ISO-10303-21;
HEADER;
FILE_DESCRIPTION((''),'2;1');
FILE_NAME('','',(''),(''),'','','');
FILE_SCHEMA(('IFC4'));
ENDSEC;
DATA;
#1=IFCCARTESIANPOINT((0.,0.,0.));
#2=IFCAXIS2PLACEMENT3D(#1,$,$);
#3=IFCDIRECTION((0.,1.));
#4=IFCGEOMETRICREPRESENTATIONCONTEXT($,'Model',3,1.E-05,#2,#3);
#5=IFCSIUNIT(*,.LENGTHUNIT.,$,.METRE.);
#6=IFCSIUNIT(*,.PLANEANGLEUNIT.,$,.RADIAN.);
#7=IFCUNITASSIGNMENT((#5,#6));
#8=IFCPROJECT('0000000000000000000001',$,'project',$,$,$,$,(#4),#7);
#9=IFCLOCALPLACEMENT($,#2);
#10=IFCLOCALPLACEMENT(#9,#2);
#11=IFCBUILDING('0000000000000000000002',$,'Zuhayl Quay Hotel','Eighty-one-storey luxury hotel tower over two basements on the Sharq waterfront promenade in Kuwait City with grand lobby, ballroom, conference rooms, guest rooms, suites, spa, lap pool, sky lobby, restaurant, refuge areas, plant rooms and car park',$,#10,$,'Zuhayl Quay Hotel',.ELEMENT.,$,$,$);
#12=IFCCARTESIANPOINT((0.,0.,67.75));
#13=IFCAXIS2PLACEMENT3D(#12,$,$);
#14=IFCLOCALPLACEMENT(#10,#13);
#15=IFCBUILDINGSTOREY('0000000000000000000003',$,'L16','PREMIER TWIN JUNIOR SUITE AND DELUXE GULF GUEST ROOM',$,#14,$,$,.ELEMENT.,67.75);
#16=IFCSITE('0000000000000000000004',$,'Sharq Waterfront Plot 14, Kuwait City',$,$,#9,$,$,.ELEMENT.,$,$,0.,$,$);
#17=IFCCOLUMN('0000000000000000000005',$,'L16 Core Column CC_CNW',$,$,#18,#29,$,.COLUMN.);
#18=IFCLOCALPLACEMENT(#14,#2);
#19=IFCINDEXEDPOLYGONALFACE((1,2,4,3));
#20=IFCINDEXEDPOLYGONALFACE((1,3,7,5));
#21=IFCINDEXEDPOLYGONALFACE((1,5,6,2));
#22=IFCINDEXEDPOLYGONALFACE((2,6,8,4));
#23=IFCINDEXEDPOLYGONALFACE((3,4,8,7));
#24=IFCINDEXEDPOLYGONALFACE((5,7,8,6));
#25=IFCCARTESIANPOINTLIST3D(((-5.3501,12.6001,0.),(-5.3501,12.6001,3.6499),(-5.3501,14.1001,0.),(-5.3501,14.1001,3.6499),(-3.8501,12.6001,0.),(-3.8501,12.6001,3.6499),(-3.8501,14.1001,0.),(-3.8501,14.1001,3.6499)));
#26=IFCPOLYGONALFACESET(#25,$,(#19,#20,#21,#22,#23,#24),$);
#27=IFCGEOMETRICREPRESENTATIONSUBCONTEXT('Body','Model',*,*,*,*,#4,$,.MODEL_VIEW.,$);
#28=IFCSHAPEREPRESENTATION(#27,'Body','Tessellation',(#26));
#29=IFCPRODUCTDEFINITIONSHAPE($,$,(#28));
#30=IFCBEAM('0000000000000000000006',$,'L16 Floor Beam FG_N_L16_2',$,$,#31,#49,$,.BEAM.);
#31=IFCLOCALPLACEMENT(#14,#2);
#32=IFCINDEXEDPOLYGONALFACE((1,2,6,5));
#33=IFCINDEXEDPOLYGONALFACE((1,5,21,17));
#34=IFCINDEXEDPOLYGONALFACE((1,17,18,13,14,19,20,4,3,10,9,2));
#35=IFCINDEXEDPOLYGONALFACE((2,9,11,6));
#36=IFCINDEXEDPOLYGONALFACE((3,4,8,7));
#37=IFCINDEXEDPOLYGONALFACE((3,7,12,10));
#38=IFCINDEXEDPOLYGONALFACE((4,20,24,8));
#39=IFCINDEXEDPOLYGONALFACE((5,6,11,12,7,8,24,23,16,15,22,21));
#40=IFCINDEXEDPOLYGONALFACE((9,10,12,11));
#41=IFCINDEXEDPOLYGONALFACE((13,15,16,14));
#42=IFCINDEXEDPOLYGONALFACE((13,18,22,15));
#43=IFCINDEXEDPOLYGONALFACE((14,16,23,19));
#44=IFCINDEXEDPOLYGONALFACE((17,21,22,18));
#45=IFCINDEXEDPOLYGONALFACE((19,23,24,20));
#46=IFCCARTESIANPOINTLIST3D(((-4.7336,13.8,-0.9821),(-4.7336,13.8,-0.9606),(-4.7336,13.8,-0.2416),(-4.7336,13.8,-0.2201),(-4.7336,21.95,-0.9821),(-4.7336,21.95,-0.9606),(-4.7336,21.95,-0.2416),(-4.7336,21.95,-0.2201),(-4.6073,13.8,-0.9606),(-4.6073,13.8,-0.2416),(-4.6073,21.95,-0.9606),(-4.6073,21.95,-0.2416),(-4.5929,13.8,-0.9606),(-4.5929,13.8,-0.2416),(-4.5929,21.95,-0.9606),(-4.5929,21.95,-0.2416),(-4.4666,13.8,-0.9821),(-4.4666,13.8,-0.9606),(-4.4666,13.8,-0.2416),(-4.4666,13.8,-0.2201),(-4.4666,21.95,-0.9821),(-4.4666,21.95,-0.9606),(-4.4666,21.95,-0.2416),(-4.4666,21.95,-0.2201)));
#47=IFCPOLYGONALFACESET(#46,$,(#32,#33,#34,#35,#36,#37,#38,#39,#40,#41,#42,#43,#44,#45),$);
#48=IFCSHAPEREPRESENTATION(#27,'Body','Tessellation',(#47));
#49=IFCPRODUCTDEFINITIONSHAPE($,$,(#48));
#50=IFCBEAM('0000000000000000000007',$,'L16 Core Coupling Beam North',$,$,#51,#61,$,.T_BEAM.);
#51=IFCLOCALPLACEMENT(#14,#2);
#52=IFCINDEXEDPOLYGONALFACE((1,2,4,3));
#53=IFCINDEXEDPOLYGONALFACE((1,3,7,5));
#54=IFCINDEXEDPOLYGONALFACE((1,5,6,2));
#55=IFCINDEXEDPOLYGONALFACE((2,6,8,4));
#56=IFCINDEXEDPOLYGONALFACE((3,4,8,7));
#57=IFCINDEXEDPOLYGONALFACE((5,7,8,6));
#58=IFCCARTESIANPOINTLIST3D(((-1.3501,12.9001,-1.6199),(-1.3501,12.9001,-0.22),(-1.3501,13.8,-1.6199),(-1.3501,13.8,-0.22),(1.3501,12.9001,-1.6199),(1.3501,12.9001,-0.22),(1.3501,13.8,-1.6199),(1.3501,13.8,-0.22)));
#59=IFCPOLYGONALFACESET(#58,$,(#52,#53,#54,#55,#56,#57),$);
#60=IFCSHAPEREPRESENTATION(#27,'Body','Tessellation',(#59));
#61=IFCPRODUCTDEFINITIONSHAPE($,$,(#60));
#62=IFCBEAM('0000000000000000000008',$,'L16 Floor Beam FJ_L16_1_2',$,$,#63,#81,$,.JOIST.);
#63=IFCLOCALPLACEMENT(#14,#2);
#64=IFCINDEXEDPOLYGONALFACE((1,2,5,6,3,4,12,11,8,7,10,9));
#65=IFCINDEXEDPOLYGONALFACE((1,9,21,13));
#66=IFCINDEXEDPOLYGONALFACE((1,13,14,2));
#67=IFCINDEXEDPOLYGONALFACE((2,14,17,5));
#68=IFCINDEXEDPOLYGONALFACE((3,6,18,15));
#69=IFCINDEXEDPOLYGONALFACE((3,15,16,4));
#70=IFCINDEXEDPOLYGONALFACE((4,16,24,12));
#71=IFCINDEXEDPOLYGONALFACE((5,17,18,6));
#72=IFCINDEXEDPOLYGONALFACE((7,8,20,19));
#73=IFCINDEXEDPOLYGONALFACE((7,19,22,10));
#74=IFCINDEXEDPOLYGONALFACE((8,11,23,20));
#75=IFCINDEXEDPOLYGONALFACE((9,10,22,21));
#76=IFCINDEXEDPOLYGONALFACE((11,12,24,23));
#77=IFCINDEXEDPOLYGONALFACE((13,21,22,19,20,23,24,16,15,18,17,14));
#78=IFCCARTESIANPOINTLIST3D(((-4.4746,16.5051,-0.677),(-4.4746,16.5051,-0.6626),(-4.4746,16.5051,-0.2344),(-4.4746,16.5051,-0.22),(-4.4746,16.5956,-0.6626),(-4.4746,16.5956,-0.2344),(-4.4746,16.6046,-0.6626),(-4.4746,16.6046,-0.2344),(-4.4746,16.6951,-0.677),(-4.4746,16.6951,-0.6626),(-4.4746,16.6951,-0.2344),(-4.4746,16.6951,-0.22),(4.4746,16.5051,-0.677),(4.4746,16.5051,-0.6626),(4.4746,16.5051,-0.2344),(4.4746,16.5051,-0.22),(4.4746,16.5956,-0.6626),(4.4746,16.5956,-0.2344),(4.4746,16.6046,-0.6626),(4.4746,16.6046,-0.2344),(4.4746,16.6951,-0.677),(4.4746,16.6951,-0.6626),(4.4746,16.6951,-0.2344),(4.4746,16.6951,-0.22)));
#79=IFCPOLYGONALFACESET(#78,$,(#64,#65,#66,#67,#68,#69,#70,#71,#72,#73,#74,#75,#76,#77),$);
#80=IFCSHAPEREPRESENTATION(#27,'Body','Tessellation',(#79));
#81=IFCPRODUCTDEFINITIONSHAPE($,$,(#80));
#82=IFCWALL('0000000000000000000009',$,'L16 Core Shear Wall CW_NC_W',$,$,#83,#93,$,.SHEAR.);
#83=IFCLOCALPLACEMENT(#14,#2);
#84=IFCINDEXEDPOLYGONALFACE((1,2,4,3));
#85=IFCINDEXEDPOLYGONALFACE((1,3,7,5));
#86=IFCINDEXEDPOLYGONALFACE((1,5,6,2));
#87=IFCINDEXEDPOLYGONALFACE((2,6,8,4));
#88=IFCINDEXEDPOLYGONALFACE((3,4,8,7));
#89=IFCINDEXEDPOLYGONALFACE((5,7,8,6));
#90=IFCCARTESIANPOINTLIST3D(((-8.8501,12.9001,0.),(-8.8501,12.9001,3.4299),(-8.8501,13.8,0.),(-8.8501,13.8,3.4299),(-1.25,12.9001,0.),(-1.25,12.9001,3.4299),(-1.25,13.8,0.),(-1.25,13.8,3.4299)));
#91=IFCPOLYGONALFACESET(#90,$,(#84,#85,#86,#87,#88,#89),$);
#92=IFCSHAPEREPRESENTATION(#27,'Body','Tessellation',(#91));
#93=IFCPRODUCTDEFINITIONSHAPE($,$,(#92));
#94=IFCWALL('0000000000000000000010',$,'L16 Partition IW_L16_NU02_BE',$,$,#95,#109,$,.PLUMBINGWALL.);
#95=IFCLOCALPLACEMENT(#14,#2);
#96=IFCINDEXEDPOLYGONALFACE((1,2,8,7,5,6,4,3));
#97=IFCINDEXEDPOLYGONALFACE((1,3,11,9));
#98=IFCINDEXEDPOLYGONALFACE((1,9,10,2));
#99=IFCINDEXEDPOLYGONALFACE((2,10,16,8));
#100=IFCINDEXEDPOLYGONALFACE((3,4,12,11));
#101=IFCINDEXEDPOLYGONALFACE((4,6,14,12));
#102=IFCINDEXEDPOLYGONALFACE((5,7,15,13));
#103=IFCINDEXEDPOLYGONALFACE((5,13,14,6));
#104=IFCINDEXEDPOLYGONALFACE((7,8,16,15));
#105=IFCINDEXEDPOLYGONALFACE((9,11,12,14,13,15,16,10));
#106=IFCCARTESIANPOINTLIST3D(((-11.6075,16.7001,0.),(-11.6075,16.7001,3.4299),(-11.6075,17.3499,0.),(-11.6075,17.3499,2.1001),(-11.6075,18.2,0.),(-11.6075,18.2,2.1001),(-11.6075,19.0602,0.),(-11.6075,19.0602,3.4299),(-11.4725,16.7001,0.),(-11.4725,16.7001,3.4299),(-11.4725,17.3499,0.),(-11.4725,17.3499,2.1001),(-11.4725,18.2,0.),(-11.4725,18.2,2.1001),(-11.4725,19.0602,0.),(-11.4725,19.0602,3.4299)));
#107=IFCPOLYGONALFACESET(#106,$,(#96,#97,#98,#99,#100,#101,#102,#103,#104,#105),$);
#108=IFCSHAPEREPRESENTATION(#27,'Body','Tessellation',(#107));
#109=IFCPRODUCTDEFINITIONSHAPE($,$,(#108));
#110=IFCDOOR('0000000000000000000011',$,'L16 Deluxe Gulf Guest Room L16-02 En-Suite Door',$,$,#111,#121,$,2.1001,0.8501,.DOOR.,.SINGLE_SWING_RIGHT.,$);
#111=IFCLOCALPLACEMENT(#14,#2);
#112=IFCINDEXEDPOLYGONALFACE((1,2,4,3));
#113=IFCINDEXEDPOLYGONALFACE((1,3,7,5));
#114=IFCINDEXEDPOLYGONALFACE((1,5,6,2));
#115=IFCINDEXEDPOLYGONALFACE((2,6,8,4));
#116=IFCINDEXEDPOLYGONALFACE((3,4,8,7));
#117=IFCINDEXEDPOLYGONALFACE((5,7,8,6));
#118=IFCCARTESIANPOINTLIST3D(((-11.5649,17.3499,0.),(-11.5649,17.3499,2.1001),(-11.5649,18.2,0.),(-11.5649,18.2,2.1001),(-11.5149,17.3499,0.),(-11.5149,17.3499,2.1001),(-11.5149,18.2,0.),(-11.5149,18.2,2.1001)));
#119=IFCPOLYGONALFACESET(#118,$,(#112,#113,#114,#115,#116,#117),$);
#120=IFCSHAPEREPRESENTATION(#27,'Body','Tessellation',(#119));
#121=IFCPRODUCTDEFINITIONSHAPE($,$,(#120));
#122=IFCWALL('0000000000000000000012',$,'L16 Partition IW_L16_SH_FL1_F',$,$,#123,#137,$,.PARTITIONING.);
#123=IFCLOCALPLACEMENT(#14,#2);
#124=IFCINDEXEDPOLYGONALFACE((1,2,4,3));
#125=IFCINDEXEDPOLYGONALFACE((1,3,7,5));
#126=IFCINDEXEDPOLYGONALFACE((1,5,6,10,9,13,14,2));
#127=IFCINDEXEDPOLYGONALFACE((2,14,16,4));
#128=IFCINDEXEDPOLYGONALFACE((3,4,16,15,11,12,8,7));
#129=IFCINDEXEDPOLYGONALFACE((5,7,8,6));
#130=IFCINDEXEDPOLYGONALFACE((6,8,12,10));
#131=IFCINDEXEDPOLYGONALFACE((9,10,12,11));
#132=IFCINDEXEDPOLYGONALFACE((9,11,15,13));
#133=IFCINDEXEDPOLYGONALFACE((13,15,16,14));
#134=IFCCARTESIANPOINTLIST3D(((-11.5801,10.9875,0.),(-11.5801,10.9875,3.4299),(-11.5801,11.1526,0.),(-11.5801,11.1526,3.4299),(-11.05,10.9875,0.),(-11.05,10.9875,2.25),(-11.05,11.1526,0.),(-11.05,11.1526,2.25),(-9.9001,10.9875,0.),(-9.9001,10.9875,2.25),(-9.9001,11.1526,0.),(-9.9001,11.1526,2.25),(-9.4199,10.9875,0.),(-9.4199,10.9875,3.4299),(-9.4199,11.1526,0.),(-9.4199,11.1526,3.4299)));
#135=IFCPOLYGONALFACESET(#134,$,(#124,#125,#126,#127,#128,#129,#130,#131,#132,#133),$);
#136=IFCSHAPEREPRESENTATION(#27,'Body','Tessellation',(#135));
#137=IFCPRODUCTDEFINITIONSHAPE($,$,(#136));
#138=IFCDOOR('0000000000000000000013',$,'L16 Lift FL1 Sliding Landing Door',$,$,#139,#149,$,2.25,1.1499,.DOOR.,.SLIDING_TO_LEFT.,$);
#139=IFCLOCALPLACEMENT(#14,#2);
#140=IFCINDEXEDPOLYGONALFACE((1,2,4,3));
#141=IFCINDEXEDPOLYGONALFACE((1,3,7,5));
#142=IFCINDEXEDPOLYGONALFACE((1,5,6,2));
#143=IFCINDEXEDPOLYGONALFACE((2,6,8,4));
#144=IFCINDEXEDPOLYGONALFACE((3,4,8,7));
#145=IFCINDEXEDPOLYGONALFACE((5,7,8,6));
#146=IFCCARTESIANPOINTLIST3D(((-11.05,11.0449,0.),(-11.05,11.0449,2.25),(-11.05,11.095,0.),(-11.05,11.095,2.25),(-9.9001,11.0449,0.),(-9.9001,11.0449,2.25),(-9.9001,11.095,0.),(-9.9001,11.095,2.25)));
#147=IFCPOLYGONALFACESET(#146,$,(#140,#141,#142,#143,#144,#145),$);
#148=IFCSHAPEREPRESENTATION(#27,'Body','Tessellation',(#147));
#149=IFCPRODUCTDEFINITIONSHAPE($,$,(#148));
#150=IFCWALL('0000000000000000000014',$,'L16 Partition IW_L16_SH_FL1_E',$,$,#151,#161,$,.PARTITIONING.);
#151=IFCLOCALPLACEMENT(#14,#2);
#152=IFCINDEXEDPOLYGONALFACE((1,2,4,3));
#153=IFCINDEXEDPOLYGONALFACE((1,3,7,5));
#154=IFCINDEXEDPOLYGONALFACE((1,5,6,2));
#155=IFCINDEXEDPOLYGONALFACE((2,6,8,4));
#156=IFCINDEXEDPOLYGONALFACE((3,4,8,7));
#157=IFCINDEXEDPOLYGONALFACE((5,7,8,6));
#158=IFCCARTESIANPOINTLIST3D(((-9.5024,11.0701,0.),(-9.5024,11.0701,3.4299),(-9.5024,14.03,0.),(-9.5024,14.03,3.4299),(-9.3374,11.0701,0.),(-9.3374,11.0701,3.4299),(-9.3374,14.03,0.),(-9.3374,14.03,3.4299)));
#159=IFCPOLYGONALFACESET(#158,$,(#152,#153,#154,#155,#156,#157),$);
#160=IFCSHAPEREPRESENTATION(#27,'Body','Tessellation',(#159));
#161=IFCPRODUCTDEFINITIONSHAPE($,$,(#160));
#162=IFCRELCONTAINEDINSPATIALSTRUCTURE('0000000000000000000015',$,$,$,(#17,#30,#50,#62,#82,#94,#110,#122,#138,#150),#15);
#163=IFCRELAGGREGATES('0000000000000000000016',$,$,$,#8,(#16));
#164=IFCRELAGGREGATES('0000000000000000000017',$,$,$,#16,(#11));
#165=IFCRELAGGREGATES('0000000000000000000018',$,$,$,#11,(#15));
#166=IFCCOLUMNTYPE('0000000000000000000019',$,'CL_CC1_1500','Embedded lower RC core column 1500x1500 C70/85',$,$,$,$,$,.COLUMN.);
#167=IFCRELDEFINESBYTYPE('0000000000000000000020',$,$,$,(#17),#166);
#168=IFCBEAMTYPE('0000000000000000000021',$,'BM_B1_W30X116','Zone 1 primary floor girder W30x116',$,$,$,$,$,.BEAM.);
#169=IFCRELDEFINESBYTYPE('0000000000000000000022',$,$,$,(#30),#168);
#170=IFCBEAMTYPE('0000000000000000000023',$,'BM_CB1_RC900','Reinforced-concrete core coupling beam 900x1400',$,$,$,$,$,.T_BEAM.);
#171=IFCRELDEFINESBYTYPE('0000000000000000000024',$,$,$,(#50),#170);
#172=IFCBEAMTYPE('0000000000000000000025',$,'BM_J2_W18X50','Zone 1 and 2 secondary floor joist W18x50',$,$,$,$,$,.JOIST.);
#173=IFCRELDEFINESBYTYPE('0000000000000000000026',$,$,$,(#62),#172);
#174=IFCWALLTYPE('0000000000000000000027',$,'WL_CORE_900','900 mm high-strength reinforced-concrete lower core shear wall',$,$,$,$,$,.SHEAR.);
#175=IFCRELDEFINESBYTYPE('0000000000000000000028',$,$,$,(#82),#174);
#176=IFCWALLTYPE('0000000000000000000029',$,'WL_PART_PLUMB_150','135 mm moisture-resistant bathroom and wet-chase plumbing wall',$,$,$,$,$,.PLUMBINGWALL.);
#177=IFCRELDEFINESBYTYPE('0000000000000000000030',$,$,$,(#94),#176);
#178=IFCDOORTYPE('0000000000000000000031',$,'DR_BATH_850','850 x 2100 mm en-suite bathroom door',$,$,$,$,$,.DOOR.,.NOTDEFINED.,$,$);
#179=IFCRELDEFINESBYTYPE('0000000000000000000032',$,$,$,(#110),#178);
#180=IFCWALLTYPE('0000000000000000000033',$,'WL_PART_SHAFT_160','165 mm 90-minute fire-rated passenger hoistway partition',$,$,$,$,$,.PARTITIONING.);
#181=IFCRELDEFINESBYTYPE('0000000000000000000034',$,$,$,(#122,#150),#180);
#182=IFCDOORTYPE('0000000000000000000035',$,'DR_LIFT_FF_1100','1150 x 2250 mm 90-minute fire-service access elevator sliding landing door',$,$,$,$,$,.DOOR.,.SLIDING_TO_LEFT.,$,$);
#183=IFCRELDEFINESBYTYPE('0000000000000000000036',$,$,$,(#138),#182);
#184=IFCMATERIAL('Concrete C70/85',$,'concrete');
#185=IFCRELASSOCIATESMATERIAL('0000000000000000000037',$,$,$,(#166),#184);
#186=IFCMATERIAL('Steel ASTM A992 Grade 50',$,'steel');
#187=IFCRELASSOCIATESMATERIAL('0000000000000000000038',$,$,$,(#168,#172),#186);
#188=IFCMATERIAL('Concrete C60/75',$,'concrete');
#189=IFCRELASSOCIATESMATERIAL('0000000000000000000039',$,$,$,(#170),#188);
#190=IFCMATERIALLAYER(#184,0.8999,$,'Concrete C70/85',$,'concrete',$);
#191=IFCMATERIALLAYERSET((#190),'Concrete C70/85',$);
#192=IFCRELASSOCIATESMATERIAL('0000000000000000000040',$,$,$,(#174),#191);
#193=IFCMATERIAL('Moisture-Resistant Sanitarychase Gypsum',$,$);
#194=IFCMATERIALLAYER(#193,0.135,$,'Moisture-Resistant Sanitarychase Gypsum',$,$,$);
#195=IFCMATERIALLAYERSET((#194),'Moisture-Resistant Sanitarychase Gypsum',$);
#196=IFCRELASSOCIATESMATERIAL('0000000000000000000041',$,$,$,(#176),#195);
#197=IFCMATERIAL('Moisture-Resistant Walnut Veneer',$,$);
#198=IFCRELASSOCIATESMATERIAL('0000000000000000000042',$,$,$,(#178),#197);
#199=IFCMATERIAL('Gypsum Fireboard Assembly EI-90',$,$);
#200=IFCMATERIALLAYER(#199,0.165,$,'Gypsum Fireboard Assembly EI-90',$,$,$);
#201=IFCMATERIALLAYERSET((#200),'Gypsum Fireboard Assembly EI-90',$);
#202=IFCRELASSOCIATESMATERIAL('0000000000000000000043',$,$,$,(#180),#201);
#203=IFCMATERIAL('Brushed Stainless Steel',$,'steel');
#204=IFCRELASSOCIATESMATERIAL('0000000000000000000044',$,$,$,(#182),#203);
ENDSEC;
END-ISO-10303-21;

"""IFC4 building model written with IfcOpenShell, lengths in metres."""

from ifc_helpers import new_model, si_unit, direction, frame, frame_2d, origin, origin_2d, place, context, subcontext, project, spatial, rectangle, i_section, extrude, material, layer, layer_set, material_profile, profile_set, type_object, element, fill, save


model = new_model("IFC4")

# Units and contexts
model_context = context("Model", 3, precision=1e-05, world=origin(), true_north=direction((0.0, 1.0)))
body_context = subcontext(model_context, "Body", "Model", "MODEL_VIEW")
ifc_project = project(units=[si_unit("LENGTHUNIT", "METRE"), si_unit("PLANEANGLEUNIT", "RADIAN")], contexts=[model_context])

# Site, building, storey
site_placement = place(None, origin())
site = spatial("IfcSite", under=ifc_project, at=site_placement, Name="Sharq Waterfront Plot 14, Kuwait City", CompositionType="ELEMENT", RefElevation=0.0)
building_placement = place(site_placement, origin())
building = spatial("IfcBuilding", under=site, at=building_placement, Name="Zuhayl Quay Hotel", Description="Eighty-one-storey luxury hotel tower over two basements on the Sharq waterfront promenade in Kuwait City with grand lobby, ballroom, conference rooms, guest rooms, suites, spa, lap pool, sky lobby, restaurant, refuge areas, plant rooms and car park", LongName="Zuhayl Quay Hotel", CompositionType="ELEMENT")
storey_placement = place(building_placement, frame((0.0, 0.0, 67.75)))
storey = spatial("IfcBuildingStorey", under=building, at=storey_placement, Name="L16", Description="PREMIER TWIN JUNIOR SUITE AND DELUXE GULF GUEST ROOM", CompositionType="ELEMENT", Elevation=67.75)

# Column
ifc_material_1 = material(Name="Concrete C70/85", Category="concrete")
ifc_material_profile_1 = material_profile(ifc_material_1, rectangle(XDim=1.5, YDim=1.5, at=origin_2d()), Name="RC1500X1500")
ifc_profile_set_1 = profile_set([ifc_material_profile_1], Name="Concrete C70/85")
column_type = type_object("IfcColumnType", Name="CL_CC1_1500", Description="Embedded lower RC core column 1500x1500 C70/85", PredefinedType="COLUMN", material=ifc_profile_set_1)
column_placement = place(storey_placement, frame((-4.6001, 13.3501, 0.0), z_axis=(0.0, 0.0, 1.0), x_axis=(1.0, 0.0, 0.0)))
element("IfcColumn", 1, at=column_placement, inside=storey, type_object=column_type, Name="L16 Core Column CC_CNW", PredefinedType="COLUMN", context=body_context, shape_type="SweptSolid", body=[
    extrude(rectangle(XDim=1.5, YDim=1.5, at=origin_2d()), origin(), (0.0, 0.0, 1.0), 3.6499),
])

# Beams
ifc_material_2 = material(Name="Steel ASTM A992 Grade 50", Category="steel")
ifc_material_profile_2 = material_profile(ifc_material_2, i_section(OverallWidth=0.2671, OverallDepth=0.762, WebThickness=0.0144, FlangeThickness=0.0215, at=origin_2d()), Name="W30X116")
ifc_profile_set_2 = profile_set([ifc_material_profile_2], Name="Steel ASTM A992 Grade 50")
beam_type_1 = type_object("IfcBeamType", Name="BM_B1_W30X116", Description="Zone 1 primary floor girder W30x116", PredefinedType="BEAM", material=ifc_profile_set_2)
beam_1_placement = place(storey_placement, frame((-4.6001, 13.8, -0.6011), z_axis=(0.0, 1.0, 0.0), x_axis=(-1.0, 0.0, 0.0)))
element("IfcBeam", 2, at=beam_1_placement, inside=storey, type_object=beam_type_1, Name="L16 Floor Beam FG_N_L16_2", PredefinedType="BEAM", context=body_context, shape_type="SweptSolid", body=[
    extrude(i_section(OverallWidth=0.2671, OverallDepth=0.762, WebThickness=0.0144, FlangeThickness=0.0215, at=origin_2d()), origin(), (0.0, 0.0, 1.0), 8.1499),
])
ifc_material_3 = material(Name="Concrete C60/75", Category="concrete")
ifc_material_profile_3 = material_profile(ifc_material_3, rectangle(XDim=0.8999, YDim=1.3999, at=origin_2d()), Name="RC900X1400")
ifc_profile_set_3 = profile_set([ifc_material_profile_3], Name="Concrete C60/75")
beam_type_2 = type_object("IfcBeamType", Name="BM_CB1_RC900", Description="Reinforced-concrete core coupling beam 900x1400", PredefinedType="T_BEAM", material=ifc_profile_set_3)
beam_2_placement = place(storey_placement, frame((-1.3501, 13.3501, -0.9199), z_axis=(1.0, 0.0, 0.0), x_axis=(0.0, 1.0, 0.0)))
element("IfcBeam", 3, at=beam_2_placement, inside=storey, type_object=beam_type_2, Name="L16 Core Coupling Beam North", PredefinedType="T_BEAM", context=body_context, shape_type="SweptSolid", body=[
    extrude(rectangle(XDim=0.8999, YDim=1.3999, at=origin_2d()), origin(), (0.0, 0.0, 1.0), 2.7002),
])
ifc_material_profile_4 = material_profile(ifc_material_2, i_section(OverallWidth=0.1899, OverallDepth=0.457, WebThickness=0.009, FlangeThickness=0.0144, at=origin_2d()), Name="W18X50")
ifc_profile_set_4 = profile_set([ifc_material_profile_4], Name="Steel ASTM A992 Grade 50")
beam_type_3 = type_object("IfcBeamType", Name="BM_J2_W18X50", Description="Zone 1 and 2 secondary floor joist W18x50", PredefinedType="JOIST", material=ifc_profile_set_4)
beam_3_placement = place(storey_placement, frame((-4.4746, 16.6001, -0.4485), z_axis=(1.0, 0.0, 0.0), x_axis=(0.0, 1.0, 0.0)))
element("IfcBeam", 4, at=beam_3_placement, inside=storey, type_object=beam_type_3, Name="L16 Floor Beam FJ_L16_1_2", PredefinedType="JOIST", context=body_context, shape_type="SweptSolid", body=[
    extrude(i_section(OverallWidth=0.1899, OverallDepth=0.457, WebThickness=0.009, FlangeThickness=0.0144, at=origin_2d()), origin(), (0.0, 0.0, 1.0), 8.9492),
])

# Wall
ifc_layer_1 = layer(ifc_material_1, 0.8999, Name="Concrete C70/85", Category="concrete")
ifc_layer_set_1 = layer_set([ifc_layer_1], Name="Concrete C70/85")
wall_type_1 = type_object("IfcWallType", Name="WL_CORE_900", Description="900 mm high-strength reinforced-concrete lower core shear wall", PredefinedType="SHEAR", material=ifc_layer_set_1)
wall_1_placement = place(storey_placement, frame((-8.8501, 13.3501, 0.0), z_axis=(0.0, 0.0, 1.0), x_axis=(1.0, 0.0, 0.0)))
element("IfcWall", 5, at=wall_1_placement, inside=storey, type_object=wall_type_1, Name="L16 Core Shear Wall CW_NC_W", PredefinedType="SHEAR", context=body_context, shape_type="SweptSolid", body=[
    extrude(rectangle(XDim=7.6001, YDim=0.8999, at=frame_2d((3.8, 0.0))), origin(), (0.0, 0.0, 1.0), 3.4299),
])

# Walls, openings, doors
ifc_material_4 = material(Name="Moisture-Resistant Sanitarychase Gypsum")
ifc_layer_2 = layer(ifc_material_4, 0.135, Name="Moisture-Resistant Sanitarychase Gypsum")
ifc_layer_set_2 = layer_set([ifc_layer_2], Name="Moisture-Resistant Sanitarychase Gypsum")
wall_type_2 = type_object("IfcWallType", Name="WL_PART_PLUMB_150", Description="135 mm moisture-resistant bathroom and wet-chase plumbing wall", PredefinedType="PLUMBINGWALL", material=ifc_layer_set_2)
wall_2_placement = place(storey_placement, frame((-11.54, 16.7, 0.0), z_axis=(0.0, 0.0, 1.0), x_axis=(0.0, 1.0, 0.0)))
wall_2 = element("IfcWall", 6, at=wall_2_placement, inside=storey, type_object=wall_type_2, Name="L16 Partition IW_L16_NU02_BE", PredefinedType="PLUMBINGWALL", context=body_context, shape_type="SweptSolid", body=[
    extrude(rectangle(XDim=2.3601, YDim=0.135, at=frame_2d((1.1802, 0.0))), origin(), (0.0, 0.0, 1.0), 3.4299),
])
opening_1_placement = place(wall_2_placement, frame((0.6499, 0.0, 0.0)))
opening_1 = element("IfcOpeningElement", 7, at=opening_1_placement, cuts=wall_2, PredefinedType="OPENING", context=body_context, shape_type="SweptSolid", body=[
    extrude(rectangle(XDim=0.8501, YDim=2.1001, at=frame_2d((0.425, 1.05))), frame((0.0, 0.0774, 0.0), z_axis=(0.0, -1.0, 0.0), x_axis=(1.0, 0.0, 0.0)), (0.0, 0.0, 1.0), 0.155),
])
ifc_material_5 = material(Name="Moisture-Resistant Walnut Veneer")
door_type_1 = type_object("IfcDoorType", Name="DR_BATH_850", Description="850 x 2100 mm en-suite bathroom door", OperationType="NOTDEFINED", PredefinedType="DOOR", material=ifc_material_5)
door_1_placement = place(opening_1_placement, origin())
door_1 = element("IfcDoor", 8, at=door_1_placement, inside=storey, type_object=door_type_1, Name="L16 Deluxe Gulf Guest Room L16-02 En-Suite Door", OperationType="SINGLE_SWING_RIGHT", OverallHeight=2.1001, OverallWidth=0.8501, PredefinedType="DOOR", context=body_context, shape_type="SweptSolid", body=[
    extrude(rectangle(XDim=0.8501, YDim=2.1001, at=frame_2d((0.425, 1.05))), frame((0.0, 0.0249, 0.0), z_axis=(0.0, -1.0, 0.0), x_axis=(1.0, 0.0, 0.0)), (0.0, 0.0, 1.0), 0.05),
])
fill(opening_1, door_1)
ifc_material_6 = material(Name="Gypsum Fireboard Assembly EI-90")
ifc_layer_3 = layer(ifc_material_6, 0.165, Name="Gypsum Fireboard Assembly EI-90")
ifc_layer_set_3 = layer_set([ifc_layer_3], Name="Gypsum Fireboard Assembly EI-90")
wall_type_3 = type_object("IfcWallType", Name="WL_PART_SHAFT_160", Description="165 mm 90-minute fire-rated passenger hoistway partition", PredefinedType="PARTITIONING", material=ifc_layer_set_3)
wall_3_placement = place(storey_placement, frame((-11.5801, 11.0701, 0.0), z_axis=(0.0, 0.0, 1.0), x_axis=(1.0, 0.0, 0.0)))
wall_3 = element("IfcWall", 9, at=wall_3_placement, inside=storey, type_object=wall_type_3, Name="L16 Partition IW_L16_SH_FL1_F", PredefinedType="PARTITIONING", context=body_context, shape_type="SweptSolid", body=[
    extrude(rectangle(XDim=2.1602, YDim=0.165, at=frame_2d((1.0801, 0.0))), origin(), (0.0, 0.0, 1.0), 3.4299),
])
opening_2_placement = place(wall_3_placement, frame((0.53, 0.0, 0.0)))
opening_2 = element("IfcOpeningElement", 10, at=opening_2_placement, cuts=wall_3, PredefinedType="OPENING", context=body_context, shape_type="SweptSolid", body=[
    extrude(rectangle(XDim=1.1499, YDim=2.25, at=frame_2d((0.575, 1.125))), frame((0.0, 0.0925, 0.0), z_axis=(0.0, -1.0, 0.0), x_axis=(1.0, 0.0, 0.0)), (0.0, 0.0, 1.0), 0.1851),
])
ifc_material_7 = material(Name="Brushed Stainless Steel", Category="steel")
door_type_2 = type_object("IfcDoorType", Name="DR_LIFT_FF_1100", Description="1150 x 2250 mm 90-minute fire-service access elevator sliding landing door", OperationType="SLIDING_TO_LEFT", PredefinedType="DOOR", material=ifc_material_7)
door_2_placement = place(opening_2_placement, origin())
door_2 = element("IfcDoor", 11, at=door_2_placement, inside=storey, type_object=door_type_2, Name="L16 Lift FL1 Sliding Landing Door", OperationType="SLIDING_TO_LEFT", OverallHeight=2.25, OverallWidth=1.1499, PredefinedType="DOOR", context=body_context, shape_type="SweptSolid", body=[
    extrude(rectangle(XDim=1.1499, YDim=2.25, at=frame_2d((0.575, 1.125))), frame((0.0, 0.0249, 0.0), z_axis=(0.0, -1.0, 0.0), x_axis=(1.0, 0.0, 0.0)), (0.0, 0.0, 1.0), 0.05),
])
fill(opening_2, door_2)

# Wall
wall_4_placement = place(storey_placement, frame((-9.4199, 11.0701, 0.0), z_axis=(0.0, 0.0, 1.0), x_axis=(0.0, 1.0, 0.0)))
element("IfcWall", 12, at=wall_4_placement, inside=storey, type_object=wall_type_3, Name="L16 Partition IW_L16_SH_FL1_E", PredefinedType="PARTITIONING", context=body_context, shape_type="SweptSolid", body=[
    extrude(rectangle(XDim=2.96, YDim=0.165, at=frame_2d((1.48, 0.0))), origin(), (0.0, 0.0, 1.0), 3.4299),
])

save(model, "model.ifc")
